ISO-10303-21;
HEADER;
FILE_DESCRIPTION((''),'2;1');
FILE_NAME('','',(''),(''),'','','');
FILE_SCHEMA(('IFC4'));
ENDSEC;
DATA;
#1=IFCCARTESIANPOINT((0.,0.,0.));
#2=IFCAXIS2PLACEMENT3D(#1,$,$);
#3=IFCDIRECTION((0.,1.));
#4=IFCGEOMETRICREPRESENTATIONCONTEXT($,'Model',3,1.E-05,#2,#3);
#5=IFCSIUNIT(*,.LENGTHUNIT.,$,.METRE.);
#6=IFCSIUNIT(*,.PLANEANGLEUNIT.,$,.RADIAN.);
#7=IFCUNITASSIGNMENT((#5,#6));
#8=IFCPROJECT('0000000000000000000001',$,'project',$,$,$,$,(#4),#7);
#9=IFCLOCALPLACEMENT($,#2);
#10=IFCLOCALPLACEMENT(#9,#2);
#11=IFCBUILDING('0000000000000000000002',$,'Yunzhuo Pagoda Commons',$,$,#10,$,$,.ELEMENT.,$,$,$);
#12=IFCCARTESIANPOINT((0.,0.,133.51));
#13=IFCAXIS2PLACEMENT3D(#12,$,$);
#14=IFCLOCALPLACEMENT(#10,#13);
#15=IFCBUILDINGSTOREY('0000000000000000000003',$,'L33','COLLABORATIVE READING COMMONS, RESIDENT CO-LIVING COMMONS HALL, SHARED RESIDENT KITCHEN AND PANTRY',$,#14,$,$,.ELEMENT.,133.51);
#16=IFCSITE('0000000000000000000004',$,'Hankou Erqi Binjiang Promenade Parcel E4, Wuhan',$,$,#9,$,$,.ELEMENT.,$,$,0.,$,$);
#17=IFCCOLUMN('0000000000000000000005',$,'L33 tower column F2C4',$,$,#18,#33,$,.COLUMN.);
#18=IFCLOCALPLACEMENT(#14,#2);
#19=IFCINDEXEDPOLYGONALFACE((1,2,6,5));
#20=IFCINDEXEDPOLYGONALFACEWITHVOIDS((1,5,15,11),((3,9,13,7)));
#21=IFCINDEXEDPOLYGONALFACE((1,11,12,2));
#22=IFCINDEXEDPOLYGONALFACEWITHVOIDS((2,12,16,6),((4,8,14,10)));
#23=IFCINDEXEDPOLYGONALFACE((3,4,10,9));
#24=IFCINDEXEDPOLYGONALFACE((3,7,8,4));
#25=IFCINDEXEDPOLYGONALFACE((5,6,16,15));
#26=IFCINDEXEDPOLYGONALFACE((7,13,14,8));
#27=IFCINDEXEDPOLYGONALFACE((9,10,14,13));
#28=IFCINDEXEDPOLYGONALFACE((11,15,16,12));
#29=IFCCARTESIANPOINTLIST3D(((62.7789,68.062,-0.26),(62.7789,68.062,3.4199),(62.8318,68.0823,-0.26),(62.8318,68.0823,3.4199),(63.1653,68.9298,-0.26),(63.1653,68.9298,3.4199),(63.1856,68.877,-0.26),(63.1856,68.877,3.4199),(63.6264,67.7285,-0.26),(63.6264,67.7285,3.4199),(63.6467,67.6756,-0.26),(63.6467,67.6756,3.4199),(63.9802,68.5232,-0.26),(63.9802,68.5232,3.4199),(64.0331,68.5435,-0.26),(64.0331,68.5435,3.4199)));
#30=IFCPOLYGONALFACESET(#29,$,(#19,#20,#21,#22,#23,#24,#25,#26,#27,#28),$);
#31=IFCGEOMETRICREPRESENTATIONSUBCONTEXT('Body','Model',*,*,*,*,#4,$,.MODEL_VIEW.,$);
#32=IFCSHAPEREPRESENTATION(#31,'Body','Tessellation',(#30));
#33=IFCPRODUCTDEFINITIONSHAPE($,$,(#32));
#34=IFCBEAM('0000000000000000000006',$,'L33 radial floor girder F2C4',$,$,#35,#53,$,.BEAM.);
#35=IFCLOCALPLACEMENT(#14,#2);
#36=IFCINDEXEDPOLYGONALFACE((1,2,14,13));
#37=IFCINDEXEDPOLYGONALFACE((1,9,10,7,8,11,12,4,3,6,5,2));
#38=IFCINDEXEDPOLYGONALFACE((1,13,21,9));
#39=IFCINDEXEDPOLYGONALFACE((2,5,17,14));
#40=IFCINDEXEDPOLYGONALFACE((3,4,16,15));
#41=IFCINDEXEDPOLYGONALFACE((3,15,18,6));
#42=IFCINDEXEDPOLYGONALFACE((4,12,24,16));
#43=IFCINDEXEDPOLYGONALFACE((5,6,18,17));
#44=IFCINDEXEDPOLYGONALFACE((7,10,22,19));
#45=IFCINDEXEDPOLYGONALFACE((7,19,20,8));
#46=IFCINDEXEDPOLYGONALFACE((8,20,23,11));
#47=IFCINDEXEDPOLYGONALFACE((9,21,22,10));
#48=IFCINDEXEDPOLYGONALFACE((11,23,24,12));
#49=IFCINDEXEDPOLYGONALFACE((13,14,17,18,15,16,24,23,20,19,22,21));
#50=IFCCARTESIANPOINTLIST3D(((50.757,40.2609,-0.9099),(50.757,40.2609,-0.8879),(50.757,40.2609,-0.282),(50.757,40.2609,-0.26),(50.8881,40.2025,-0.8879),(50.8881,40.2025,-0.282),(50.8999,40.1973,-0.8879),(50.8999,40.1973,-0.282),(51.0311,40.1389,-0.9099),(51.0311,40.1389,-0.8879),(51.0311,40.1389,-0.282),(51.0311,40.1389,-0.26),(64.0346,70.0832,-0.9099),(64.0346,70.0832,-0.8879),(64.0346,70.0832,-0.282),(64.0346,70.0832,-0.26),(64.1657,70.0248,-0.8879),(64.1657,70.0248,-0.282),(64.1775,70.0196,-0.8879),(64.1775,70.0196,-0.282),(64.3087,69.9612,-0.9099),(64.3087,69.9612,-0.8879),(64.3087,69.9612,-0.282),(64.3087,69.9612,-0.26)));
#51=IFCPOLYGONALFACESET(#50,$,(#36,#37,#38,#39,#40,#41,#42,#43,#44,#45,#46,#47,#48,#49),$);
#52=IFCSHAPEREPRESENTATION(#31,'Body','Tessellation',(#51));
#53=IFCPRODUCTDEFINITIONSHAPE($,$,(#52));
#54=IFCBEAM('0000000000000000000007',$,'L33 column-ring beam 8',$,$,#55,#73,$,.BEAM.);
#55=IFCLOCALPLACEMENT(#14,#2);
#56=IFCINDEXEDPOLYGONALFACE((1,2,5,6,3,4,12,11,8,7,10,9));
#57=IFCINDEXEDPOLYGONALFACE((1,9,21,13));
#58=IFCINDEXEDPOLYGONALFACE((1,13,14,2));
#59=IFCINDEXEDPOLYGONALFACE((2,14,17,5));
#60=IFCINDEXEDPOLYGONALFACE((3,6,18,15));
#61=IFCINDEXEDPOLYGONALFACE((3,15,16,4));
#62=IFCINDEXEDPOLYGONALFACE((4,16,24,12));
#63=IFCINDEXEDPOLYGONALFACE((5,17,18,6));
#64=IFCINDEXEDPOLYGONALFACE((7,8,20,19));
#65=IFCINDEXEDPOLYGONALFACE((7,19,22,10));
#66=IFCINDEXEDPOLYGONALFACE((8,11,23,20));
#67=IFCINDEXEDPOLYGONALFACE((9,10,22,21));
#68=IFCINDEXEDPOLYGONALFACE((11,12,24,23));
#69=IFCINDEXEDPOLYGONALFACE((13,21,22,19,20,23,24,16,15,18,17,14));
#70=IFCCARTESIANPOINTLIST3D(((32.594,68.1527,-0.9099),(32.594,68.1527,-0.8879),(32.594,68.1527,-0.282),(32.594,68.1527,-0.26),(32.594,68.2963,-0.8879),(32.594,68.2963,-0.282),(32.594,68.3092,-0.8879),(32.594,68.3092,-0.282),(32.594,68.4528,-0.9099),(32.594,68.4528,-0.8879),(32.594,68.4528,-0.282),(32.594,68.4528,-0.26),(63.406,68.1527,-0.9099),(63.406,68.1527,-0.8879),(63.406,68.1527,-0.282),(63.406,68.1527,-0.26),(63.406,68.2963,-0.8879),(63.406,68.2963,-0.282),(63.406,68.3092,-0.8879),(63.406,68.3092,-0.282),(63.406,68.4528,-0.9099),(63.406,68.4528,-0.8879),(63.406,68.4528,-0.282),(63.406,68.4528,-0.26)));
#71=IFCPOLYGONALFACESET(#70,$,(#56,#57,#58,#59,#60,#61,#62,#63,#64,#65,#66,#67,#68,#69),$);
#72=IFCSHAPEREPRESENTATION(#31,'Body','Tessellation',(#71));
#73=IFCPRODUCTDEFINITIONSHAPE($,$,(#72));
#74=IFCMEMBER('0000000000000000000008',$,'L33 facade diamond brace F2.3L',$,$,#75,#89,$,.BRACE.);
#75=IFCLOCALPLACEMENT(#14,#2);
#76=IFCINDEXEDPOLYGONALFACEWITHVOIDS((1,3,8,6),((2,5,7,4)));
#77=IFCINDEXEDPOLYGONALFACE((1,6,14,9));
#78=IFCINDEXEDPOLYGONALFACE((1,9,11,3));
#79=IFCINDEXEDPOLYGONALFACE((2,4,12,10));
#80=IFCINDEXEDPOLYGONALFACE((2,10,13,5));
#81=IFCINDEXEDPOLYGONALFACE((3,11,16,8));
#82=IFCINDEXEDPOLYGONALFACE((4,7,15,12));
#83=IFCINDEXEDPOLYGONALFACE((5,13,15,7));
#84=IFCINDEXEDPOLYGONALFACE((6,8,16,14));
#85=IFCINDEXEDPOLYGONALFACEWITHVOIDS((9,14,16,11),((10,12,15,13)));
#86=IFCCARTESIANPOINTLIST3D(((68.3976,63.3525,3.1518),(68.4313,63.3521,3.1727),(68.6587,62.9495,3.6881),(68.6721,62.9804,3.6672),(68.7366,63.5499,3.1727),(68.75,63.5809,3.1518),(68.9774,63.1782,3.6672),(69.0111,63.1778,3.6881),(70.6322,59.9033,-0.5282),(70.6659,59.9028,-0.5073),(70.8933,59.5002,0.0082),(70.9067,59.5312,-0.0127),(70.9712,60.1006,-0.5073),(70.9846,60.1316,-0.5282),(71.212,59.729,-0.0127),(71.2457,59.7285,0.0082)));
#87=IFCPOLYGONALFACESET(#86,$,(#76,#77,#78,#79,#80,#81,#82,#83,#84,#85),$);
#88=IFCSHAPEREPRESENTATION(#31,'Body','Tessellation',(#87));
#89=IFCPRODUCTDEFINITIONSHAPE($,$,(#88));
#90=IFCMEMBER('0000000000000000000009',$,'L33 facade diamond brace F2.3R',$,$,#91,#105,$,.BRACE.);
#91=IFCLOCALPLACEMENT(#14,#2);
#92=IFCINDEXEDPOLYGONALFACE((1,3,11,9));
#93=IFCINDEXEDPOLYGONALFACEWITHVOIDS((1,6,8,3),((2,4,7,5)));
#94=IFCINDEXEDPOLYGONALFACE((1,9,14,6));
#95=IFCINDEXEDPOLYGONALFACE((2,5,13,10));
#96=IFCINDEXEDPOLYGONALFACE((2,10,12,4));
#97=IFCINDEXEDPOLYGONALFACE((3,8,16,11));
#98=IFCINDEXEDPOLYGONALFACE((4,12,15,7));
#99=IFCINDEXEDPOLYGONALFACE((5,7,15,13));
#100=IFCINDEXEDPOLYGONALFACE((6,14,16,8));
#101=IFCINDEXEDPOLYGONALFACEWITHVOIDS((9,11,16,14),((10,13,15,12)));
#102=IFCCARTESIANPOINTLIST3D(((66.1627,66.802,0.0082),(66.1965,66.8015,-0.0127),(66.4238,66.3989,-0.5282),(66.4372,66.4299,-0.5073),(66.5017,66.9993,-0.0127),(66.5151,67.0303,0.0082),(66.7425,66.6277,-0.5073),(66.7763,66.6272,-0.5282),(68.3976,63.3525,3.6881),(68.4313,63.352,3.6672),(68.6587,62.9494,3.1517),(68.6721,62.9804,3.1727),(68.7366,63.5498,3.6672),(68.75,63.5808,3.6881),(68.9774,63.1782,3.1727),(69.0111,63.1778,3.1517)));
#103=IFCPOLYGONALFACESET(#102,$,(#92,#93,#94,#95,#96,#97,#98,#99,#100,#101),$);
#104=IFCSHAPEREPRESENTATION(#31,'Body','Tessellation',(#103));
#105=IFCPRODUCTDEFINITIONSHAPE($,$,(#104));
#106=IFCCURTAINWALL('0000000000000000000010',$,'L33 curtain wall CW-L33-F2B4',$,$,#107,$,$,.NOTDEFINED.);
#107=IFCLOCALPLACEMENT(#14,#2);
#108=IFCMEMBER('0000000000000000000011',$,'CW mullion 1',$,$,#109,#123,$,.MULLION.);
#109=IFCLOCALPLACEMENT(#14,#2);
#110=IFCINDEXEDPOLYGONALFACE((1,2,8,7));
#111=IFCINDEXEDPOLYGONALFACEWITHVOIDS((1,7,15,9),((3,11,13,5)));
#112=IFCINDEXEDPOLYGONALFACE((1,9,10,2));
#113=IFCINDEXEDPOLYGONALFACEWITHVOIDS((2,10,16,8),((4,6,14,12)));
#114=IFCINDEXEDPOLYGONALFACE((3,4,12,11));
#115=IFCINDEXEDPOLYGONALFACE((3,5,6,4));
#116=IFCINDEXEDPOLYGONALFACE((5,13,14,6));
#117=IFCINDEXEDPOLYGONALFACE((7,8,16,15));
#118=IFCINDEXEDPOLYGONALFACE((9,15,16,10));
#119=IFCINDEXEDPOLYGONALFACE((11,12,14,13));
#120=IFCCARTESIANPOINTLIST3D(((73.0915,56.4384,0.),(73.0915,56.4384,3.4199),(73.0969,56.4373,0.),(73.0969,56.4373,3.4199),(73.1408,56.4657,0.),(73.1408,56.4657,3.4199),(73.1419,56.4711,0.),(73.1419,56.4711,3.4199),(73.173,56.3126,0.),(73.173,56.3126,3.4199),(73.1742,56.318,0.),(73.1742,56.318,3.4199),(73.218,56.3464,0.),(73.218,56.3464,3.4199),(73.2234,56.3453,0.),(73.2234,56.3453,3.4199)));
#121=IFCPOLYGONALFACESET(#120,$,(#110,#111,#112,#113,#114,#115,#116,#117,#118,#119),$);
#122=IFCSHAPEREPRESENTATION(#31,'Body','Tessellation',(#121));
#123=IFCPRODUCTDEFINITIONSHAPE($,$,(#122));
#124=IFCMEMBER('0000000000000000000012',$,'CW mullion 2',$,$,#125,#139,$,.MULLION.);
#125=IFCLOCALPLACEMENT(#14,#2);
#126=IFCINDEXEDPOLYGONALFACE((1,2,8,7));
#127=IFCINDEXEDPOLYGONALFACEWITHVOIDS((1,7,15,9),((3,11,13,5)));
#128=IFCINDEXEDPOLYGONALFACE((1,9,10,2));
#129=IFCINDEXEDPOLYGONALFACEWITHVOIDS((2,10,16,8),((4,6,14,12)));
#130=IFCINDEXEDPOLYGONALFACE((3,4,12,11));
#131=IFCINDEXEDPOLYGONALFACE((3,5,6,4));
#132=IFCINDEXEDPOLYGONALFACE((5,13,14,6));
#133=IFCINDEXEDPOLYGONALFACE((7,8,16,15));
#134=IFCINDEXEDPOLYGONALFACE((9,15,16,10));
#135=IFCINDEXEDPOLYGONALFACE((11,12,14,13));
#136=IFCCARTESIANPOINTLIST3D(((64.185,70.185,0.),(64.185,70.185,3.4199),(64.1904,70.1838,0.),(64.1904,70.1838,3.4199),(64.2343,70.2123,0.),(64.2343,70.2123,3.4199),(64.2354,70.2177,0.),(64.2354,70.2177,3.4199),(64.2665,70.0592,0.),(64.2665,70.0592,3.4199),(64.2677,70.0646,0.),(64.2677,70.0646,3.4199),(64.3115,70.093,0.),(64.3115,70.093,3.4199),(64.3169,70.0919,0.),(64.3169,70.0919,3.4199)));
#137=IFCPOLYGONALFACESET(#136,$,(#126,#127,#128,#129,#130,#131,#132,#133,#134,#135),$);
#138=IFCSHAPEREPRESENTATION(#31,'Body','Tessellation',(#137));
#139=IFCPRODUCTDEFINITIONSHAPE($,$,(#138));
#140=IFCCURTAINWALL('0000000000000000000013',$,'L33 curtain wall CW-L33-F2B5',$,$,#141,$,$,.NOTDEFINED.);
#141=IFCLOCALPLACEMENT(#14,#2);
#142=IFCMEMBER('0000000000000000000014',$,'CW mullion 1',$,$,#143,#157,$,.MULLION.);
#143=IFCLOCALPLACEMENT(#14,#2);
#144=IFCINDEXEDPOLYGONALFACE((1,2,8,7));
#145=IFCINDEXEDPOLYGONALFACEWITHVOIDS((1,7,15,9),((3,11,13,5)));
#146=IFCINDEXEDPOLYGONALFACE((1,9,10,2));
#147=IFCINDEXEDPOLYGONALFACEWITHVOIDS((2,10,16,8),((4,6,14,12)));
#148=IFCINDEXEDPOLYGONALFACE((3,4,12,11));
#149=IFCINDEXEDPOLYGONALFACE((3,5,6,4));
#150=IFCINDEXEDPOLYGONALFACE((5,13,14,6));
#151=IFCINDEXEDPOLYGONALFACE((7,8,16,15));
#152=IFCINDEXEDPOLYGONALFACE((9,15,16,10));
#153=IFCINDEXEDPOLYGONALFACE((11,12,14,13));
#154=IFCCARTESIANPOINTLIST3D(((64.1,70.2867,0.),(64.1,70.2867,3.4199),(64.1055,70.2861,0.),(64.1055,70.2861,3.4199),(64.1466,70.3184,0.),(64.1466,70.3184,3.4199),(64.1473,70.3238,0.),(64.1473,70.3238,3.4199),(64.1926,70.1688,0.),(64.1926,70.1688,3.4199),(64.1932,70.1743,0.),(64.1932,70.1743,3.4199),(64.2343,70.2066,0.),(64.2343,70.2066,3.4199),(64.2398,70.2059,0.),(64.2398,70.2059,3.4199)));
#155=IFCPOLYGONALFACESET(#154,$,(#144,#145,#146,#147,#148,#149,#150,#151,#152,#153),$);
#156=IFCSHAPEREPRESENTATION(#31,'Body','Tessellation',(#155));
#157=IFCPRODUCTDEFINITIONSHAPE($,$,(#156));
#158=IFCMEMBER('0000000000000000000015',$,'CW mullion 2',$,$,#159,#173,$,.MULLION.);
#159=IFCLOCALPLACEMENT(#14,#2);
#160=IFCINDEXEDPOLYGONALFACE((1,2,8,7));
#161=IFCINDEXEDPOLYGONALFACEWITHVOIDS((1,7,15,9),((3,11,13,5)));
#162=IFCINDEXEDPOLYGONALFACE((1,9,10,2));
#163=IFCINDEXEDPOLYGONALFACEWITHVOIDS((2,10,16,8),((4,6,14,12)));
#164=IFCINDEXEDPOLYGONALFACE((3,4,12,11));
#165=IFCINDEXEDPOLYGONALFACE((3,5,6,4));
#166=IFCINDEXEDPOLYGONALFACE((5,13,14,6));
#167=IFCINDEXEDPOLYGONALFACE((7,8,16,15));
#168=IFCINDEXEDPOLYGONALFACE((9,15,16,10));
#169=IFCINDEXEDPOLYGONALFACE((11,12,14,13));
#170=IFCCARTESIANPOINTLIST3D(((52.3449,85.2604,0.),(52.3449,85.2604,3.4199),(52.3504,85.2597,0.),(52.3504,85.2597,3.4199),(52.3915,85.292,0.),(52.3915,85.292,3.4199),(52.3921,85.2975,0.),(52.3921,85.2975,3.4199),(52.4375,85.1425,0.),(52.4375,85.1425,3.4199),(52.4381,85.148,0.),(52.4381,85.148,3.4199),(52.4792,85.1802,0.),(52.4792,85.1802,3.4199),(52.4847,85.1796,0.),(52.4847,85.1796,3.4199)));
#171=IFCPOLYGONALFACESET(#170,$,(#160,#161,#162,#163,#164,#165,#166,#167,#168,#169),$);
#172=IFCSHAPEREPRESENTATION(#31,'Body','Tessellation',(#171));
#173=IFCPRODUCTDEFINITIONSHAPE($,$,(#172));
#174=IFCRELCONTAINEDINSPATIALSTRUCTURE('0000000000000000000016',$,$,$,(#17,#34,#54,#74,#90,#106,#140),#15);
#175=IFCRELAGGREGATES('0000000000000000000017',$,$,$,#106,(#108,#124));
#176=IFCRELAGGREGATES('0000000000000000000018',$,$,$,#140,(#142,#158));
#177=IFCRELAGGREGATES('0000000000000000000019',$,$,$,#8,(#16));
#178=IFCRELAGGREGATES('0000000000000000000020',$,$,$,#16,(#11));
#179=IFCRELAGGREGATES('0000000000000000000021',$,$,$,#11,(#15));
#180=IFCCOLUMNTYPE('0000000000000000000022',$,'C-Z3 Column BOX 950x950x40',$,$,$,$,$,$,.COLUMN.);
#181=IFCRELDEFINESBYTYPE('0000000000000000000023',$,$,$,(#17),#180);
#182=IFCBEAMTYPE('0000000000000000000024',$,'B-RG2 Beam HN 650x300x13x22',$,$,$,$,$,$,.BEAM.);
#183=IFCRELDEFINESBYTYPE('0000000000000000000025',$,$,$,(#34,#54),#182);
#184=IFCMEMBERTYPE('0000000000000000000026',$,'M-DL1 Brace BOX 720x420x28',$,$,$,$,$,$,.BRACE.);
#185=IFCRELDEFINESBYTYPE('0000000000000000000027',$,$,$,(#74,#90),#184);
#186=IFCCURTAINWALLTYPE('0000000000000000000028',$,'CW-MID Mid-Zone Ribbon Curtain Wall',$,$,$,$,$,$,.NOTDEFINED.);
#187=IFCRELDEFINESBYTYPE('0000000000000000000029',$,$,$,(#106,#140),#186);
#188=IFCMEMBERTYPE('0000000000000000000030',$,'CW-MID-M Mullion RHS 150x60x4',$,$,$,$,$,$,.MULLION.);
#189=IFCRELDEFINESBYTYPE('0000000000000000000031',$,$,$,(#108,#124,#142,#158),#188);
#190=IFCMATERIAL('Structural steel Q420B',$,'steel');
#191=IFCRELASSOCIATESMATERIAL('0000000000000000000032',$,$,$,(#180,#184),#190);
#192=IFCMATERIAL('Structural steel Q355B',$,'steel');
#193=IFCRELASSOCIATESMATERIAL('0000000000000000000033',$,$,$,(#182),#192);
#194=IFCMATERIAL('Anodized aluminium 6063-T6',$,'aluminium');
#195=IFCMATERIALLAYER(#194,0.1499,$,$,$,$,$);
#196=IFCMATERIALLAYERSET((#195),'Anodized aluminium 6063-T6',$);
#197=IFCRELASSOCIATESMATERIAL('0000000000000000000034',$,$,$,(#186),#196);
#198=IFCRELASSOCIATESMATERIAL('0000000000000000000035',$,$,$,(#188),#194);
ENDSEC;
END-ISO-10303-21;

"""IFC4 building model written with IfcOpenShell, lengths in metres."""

from ifc_helpers import new_model, si_unit, direction, frame, origin, origin_2d, place, context, subcontext, project, spatial, hollow_rectangle, i_section, extrude, source, transform, mapped, material, layer, layer_set, material_profile, profile_set, type_object, element, aggregate, save


model = new_model("IFC4")

# Units and contexts
model_context = context("Model", 3, precision=1e-05, world=origin(), true_north=direction((0.0, 1.0)))
body_context = subcontext(model_context, "Body", "Model", "MODEL_VIEW")
ifc_project = project(units=[si_unit("LENGTHUNIT", "METRE"), si_unit("PLANEANGLEUNIT", "RADIAN")], contexts=[model_context])

# Site, building, storey
site_placement = place(None, origin())
site = spatial("IfcSite", under=ifc_project, at=site_placement, Name="Hankou Erqi Binjiang Promenade Parcel E4, Wuhan", CompositionType="ELEMENT", RefElevation=0.0)
building_placement = place(site_placement, origin())
building = spatial("IfcBuilding", under=site, at=building_placement, Name="Yunzhuo Pagoda Commons", CompositionType="ELEMENT")
storey_placement = place(building_placement, frame((0.0, 0.0, 133.51)))
storey = spatial("IfcBuildingStorey", under=building, at=storey_placement, Name="L33", Description="COLLABORATIVE READING COMMONS, RESIDENT CO-LIVING COMMONS HALL, SHARED RESIDENT KITCHEN AND PANTRY", CompositionType="ELEMENT", Elevation=133.51)

# Column
ifc_material_1 = material(Name="Structural steel Q420B", Category="steel")
ifc_material_profile_1 = material_profile(ifc_material_1, hollow_rectangle(XDim=0.95, YDim=0.95, WallThickness=0.04, at=origin_2d()), Name="Structural steel Q420B")
ifc_profile_set_1 = profile_set([ifc_material_profile_1], Name="Structural steel Q420B")
column_type = type_object("IfcColumnType", Name="C-Z3 Column BOX 950x950x40", PredefinedType="COLUMN", material=ifc_profile_set_1)
shared_shape_1 = source(origin(), body_context, "Body", "SweptSolid", [
    extrude(hollow_rectangle(XDim=0.95, YDim=0.95, WallThickness=0.04, at=origin_2d()), origin(), (0.0, 0.0, 1.0), 3.6799),
])
column_placement = place(storey_placement, frame((63.406, 68.3027, -0.26), z_axis=(0.0, 0.0, 1.0), x_axis=(-0.913545, 0.406737, 0.0)))
element("IfcColumn", 1, at=column_placement, inside=storey, type_object=column_type, Name="L33 tower column F2C4", PredefinedType="COLUMN", context=body_context, shape_type="MappedRepresentation", body=[
    mapped(shared_shape_1, transform((0.0, 0.0, 0.0), scale=1.0)),
])

# Beams
ifc_material_2 = material(Name="Structural steel Q355B", Category="steel")
ifc_material_profile_2 = material_profile(ifc_material_2, i_section(OverallWidth=0.3, OverallDepth=0.6499, WebThickness=0.0129, FlangeThickness=0.022, at=origin_2d()), Name="Structural steel Q355B")
ifc_profile_set_2 = profile_set([ifc_material_profile_2], Name="Structural steel Q355B")
beam_type = type_object("IfcBeamType", Name="B-RG2 Beam HN 650x300x13x22", PredefinedType="BEAM", material=ifc_profile_set_2)
shared_shape_2 = source(origin(), body_context, "Body", "SweptSolid", [
    extrude(i_section(OverallWidth=0.3, OverallDepth=0.6499, WebThickness=0.0129, FlangeThickness=0.022, at=origin_2d()), origin(), (0.0, 0.0, 1.0), 32.6445),
])
beam_1_placement = place(storey_placement, frame((64.1716, 70.0222, -0.585), z_axis=(-0.406733, -0.913547, 0.0), x_axis=(0.913547, -0.406733, 0.0)))
element("IfcBeam", 2, at=beam_1_placement, inside=storey, type_object=beam_type, Name="L33 radial floor girder F2C4", PredefinedType="BEAM", context=body_context, shape_type="MappedRepresentation", body=[
    mapped(shared_shape_2, transform((0.0, 0.0, 0.0), scale=1.0)),
])
shared_shape_3 = source(origin(), body_context, "Body", "SweptSolid", [
    extrude(i_section(OverallWidth=0.3, OverallDepth=0.6499, WebThickness=0.0129, FlangeThickness=0.022, at=origin_2d()), origin(), (0.0, 0.0, 1.0), 30.812),
])
beam_2_placement = place(storey_placement, frame((63.406, 68.3027, -0.585), z_axis=(-1.0, 0.0, 0.0), x_axis=(0.0, -1.0, 0.0)))
element("IfcBeam", 3, at=beam_2_placement, inside=storey, type_object=beam_type, Name="L33 column-ring beam 8", PredefinedType="BEAM", context=body_context, shape_type="MappedRepresentation", body=[
    mapped(shared_shape_3, transform((0.0, 0.0, 0.0), scale=1.0)),
])

# Members
ifc_material_profile_3 = material_profile(ifc_material_1, hollow_rectangle(XDim=0.4199, YDim=0.72, WallThickness=0.0281, at=origin_2d()), Name="Structural steel Q420B")
ifc_profile_set_3 = profile_set([ifc_material_profile_3], Name="Structural steel Q420B")
member_type_1 = type_object("IfcMemberType", Name="M-DL1 Brace BOX 720x420x28", PredefinedType="BRACE", material=ifc_profile_set_3)
shared_shape_4 = source(origin(), body_context, "Body", "SweptSolid", [
    extrude(hollow_rectangle(XDim=0.4199, YDim=0.72, WallThickness=0.0281, at=origin_2d()), origin(), (0.0, 0.0, 1.0), 5.5166),
])
member_1_placement = place(storey_placement, frame((70.939, 59.8159, -0.26), z_axis=(-0.405074, 0.625247, 0.667069), x_axis=(-0.839262, -0.543727, 0.0)))
element("IfcMember", 4, at=member_1_placement, inside=storey, type_object=member_type_1, Name="L33 facade diamond brace F2.3L", PredefinedType="BRACE", context=body_context, shape_type="MappedRepresentation", body=[
    mapped(shared_shape_4, transform((0.0, 0.0, 0.0), scale=1.0)),
])
shared_shape_5 = source(origin(), body_context, "Body", "SweptSolid", [
    extrude(hollow_rectangle(XDim=0.4199, YDim=0.72, WallThickness=0.0281, at=origin_2d()), origin(), (0.0, 0.0, 1.0), 5.5168),
])
member_2_placement = place(storey_placement, frame((66.4695, 66.7146, -0.26), z_axis=(0.4051, -0.625263, 0.667039), x_axis=(0.839253, 0.543741, 0.0)))
element("IfcMember", 5, at=member_2_placement, inside=storey, type_object=member_type_1, Name="L33 facade diamond brace F2.3R", PredefinedType="BRACE", context=body_context, shape_type="MappedRepresentation", body=[
    mapped(shared_shape_5, transform((0.0, 0.0, 0.0), scale=1.0)),
])

# Curtain walls, members
ifc_material_3 = material(Name="Anodized aluminium 6063-T6", Category="aluminium")
ifc_layer_1 = layer(ifc_material_3, 0.1499)
ifc_layer_set_1 = layer_set([ifc_layer_1], Name="Anodized aluminium 6063-T6")
curtain_wall_type = type_object("IfcCurtainWallType", Name="CW-MID Mid-Zone Ribbon Curtain Wall", PredefinedType="NOTDEFINED", material=ifc_layer_set_1)
curtain_wall_1_placement = place(storey_placement, origin())
curtain_wall_1 = element("IfcCurtainWall", 6, at=curtain_wall_1_placement, inside=storey, type_object=curtain_wall_type, Name="L33 curtain wall CW-L33-F2B4", PredefinedType="NOTDEFINED")
ifc_material_profile_4 = material_profile(ifc_material_3, hollow_rectangle(XDim=0.0601, YDim=0.1499, WallThickness=0.0039, at=origin_2d()), Name="Anodized aluminium 6063-T6")
ifc_profile_set_4 = profile_set([ifc_material_profile_4], Name="Anodized aluminium 6063-T6")
member_type_2 = type_object("IfcMemberType", Name="CW-MID-M Mullion RHS 150x60x4", PredefinedType="MULLION", material=ifc_profile_set_4)
shared_shape_6 = source(origin(), body_context, "Body", "SweptSolid", [
    extrude(hollow_rectangle(XDim=0.0601, YDim=0.1499, WallThickness=0.0039, at=origin_2d()), origin(), (0.0, 0.0, 1.0), 3.4199),
])
member_3_placement = place(storey_placement, frame((73.1575, 56.3918, 0.0), z_axis=(0.0, 0.0, 1.0), x_axis=(-0.839249, -0.543747, 0.0)))
member_3 = element("IfcMember", 7, at=member_3_placement, type_object=member_type_2, Name="CW mullion 1", PredefinedType="MULLION", context=body_context, shape_type="MappedRepresentation", body=[
    mapped(shared_shape_6, transform((0.0, 0.0, 0.0), scale=1.0)),
])
member_4_placement = place(storey_placement, frame((64.251, 70.1384, 0.0), z_axis=(0.0, 0.0, 1.0), x_axis=(-0.839249, -0.543747, 0.0)))
member_4 = element("IfcMember", 8, at=member_4_placement, type_object=member_type_2, Name="CW mullion 2", PredefinedType="MULLION", context=body_context, shape_type="MappedRepresentation", body=[
    mapped(shared_shape_6, transform((0.0, 0.0, 0.0), scale=1.0)),
])
curtain_wall_2_placement = place(storey_placement, origin())
curtain_wall_2 = element("IfcCurtainWall", 9, at=curtain_wall_2_placement, inside=storey, type_object=curtain_wall_type, Name="L33 curtain wall CW-L33-F2B5", PredefinedType="NOTDEFINED")
member_5_placement = place(storey_placement, frame((64.1699, 70.2463, 0.0), z_axis=(0.0, 0.0, 1.0), x_axis=(-0.786572, -0.617499, 0.0)))
member_5 = element("IfcMember", 10, at=member_5_placement, type_object=member_type_2, Name="CW mullion 1", PredefinedType="MULLION", context=body_context, shape_type="MappedRepresentation", body=[
    mapped(shared_shape_6, transform((0.0, 0.0, 0.0), scale=1.0)),
])
member_6_placement = place(storey_placement, frame((52.4148, 85.22, 0.0), z_axis=(0.0, 0.0, 1.0), x_axis=(-0.786572, -0.617499, 0.0)))
member_6 = element("IfcMember", 11, at=member_6_placement, type_object=member_type_2, Name="CW mullion 2", PredefinedType="MULLION", context=body_context, shape_type="MappedRepresentation", body=[
    mapped(shared_shape_6, transform((0.0, 0.0, 0.0), scale=1.0)),
])

aggregate(curtain_wall_1, [member_3, member_4])
aggregate(curtain_wall_2, [member_5, member_6])

save(model, "model.ifc")
